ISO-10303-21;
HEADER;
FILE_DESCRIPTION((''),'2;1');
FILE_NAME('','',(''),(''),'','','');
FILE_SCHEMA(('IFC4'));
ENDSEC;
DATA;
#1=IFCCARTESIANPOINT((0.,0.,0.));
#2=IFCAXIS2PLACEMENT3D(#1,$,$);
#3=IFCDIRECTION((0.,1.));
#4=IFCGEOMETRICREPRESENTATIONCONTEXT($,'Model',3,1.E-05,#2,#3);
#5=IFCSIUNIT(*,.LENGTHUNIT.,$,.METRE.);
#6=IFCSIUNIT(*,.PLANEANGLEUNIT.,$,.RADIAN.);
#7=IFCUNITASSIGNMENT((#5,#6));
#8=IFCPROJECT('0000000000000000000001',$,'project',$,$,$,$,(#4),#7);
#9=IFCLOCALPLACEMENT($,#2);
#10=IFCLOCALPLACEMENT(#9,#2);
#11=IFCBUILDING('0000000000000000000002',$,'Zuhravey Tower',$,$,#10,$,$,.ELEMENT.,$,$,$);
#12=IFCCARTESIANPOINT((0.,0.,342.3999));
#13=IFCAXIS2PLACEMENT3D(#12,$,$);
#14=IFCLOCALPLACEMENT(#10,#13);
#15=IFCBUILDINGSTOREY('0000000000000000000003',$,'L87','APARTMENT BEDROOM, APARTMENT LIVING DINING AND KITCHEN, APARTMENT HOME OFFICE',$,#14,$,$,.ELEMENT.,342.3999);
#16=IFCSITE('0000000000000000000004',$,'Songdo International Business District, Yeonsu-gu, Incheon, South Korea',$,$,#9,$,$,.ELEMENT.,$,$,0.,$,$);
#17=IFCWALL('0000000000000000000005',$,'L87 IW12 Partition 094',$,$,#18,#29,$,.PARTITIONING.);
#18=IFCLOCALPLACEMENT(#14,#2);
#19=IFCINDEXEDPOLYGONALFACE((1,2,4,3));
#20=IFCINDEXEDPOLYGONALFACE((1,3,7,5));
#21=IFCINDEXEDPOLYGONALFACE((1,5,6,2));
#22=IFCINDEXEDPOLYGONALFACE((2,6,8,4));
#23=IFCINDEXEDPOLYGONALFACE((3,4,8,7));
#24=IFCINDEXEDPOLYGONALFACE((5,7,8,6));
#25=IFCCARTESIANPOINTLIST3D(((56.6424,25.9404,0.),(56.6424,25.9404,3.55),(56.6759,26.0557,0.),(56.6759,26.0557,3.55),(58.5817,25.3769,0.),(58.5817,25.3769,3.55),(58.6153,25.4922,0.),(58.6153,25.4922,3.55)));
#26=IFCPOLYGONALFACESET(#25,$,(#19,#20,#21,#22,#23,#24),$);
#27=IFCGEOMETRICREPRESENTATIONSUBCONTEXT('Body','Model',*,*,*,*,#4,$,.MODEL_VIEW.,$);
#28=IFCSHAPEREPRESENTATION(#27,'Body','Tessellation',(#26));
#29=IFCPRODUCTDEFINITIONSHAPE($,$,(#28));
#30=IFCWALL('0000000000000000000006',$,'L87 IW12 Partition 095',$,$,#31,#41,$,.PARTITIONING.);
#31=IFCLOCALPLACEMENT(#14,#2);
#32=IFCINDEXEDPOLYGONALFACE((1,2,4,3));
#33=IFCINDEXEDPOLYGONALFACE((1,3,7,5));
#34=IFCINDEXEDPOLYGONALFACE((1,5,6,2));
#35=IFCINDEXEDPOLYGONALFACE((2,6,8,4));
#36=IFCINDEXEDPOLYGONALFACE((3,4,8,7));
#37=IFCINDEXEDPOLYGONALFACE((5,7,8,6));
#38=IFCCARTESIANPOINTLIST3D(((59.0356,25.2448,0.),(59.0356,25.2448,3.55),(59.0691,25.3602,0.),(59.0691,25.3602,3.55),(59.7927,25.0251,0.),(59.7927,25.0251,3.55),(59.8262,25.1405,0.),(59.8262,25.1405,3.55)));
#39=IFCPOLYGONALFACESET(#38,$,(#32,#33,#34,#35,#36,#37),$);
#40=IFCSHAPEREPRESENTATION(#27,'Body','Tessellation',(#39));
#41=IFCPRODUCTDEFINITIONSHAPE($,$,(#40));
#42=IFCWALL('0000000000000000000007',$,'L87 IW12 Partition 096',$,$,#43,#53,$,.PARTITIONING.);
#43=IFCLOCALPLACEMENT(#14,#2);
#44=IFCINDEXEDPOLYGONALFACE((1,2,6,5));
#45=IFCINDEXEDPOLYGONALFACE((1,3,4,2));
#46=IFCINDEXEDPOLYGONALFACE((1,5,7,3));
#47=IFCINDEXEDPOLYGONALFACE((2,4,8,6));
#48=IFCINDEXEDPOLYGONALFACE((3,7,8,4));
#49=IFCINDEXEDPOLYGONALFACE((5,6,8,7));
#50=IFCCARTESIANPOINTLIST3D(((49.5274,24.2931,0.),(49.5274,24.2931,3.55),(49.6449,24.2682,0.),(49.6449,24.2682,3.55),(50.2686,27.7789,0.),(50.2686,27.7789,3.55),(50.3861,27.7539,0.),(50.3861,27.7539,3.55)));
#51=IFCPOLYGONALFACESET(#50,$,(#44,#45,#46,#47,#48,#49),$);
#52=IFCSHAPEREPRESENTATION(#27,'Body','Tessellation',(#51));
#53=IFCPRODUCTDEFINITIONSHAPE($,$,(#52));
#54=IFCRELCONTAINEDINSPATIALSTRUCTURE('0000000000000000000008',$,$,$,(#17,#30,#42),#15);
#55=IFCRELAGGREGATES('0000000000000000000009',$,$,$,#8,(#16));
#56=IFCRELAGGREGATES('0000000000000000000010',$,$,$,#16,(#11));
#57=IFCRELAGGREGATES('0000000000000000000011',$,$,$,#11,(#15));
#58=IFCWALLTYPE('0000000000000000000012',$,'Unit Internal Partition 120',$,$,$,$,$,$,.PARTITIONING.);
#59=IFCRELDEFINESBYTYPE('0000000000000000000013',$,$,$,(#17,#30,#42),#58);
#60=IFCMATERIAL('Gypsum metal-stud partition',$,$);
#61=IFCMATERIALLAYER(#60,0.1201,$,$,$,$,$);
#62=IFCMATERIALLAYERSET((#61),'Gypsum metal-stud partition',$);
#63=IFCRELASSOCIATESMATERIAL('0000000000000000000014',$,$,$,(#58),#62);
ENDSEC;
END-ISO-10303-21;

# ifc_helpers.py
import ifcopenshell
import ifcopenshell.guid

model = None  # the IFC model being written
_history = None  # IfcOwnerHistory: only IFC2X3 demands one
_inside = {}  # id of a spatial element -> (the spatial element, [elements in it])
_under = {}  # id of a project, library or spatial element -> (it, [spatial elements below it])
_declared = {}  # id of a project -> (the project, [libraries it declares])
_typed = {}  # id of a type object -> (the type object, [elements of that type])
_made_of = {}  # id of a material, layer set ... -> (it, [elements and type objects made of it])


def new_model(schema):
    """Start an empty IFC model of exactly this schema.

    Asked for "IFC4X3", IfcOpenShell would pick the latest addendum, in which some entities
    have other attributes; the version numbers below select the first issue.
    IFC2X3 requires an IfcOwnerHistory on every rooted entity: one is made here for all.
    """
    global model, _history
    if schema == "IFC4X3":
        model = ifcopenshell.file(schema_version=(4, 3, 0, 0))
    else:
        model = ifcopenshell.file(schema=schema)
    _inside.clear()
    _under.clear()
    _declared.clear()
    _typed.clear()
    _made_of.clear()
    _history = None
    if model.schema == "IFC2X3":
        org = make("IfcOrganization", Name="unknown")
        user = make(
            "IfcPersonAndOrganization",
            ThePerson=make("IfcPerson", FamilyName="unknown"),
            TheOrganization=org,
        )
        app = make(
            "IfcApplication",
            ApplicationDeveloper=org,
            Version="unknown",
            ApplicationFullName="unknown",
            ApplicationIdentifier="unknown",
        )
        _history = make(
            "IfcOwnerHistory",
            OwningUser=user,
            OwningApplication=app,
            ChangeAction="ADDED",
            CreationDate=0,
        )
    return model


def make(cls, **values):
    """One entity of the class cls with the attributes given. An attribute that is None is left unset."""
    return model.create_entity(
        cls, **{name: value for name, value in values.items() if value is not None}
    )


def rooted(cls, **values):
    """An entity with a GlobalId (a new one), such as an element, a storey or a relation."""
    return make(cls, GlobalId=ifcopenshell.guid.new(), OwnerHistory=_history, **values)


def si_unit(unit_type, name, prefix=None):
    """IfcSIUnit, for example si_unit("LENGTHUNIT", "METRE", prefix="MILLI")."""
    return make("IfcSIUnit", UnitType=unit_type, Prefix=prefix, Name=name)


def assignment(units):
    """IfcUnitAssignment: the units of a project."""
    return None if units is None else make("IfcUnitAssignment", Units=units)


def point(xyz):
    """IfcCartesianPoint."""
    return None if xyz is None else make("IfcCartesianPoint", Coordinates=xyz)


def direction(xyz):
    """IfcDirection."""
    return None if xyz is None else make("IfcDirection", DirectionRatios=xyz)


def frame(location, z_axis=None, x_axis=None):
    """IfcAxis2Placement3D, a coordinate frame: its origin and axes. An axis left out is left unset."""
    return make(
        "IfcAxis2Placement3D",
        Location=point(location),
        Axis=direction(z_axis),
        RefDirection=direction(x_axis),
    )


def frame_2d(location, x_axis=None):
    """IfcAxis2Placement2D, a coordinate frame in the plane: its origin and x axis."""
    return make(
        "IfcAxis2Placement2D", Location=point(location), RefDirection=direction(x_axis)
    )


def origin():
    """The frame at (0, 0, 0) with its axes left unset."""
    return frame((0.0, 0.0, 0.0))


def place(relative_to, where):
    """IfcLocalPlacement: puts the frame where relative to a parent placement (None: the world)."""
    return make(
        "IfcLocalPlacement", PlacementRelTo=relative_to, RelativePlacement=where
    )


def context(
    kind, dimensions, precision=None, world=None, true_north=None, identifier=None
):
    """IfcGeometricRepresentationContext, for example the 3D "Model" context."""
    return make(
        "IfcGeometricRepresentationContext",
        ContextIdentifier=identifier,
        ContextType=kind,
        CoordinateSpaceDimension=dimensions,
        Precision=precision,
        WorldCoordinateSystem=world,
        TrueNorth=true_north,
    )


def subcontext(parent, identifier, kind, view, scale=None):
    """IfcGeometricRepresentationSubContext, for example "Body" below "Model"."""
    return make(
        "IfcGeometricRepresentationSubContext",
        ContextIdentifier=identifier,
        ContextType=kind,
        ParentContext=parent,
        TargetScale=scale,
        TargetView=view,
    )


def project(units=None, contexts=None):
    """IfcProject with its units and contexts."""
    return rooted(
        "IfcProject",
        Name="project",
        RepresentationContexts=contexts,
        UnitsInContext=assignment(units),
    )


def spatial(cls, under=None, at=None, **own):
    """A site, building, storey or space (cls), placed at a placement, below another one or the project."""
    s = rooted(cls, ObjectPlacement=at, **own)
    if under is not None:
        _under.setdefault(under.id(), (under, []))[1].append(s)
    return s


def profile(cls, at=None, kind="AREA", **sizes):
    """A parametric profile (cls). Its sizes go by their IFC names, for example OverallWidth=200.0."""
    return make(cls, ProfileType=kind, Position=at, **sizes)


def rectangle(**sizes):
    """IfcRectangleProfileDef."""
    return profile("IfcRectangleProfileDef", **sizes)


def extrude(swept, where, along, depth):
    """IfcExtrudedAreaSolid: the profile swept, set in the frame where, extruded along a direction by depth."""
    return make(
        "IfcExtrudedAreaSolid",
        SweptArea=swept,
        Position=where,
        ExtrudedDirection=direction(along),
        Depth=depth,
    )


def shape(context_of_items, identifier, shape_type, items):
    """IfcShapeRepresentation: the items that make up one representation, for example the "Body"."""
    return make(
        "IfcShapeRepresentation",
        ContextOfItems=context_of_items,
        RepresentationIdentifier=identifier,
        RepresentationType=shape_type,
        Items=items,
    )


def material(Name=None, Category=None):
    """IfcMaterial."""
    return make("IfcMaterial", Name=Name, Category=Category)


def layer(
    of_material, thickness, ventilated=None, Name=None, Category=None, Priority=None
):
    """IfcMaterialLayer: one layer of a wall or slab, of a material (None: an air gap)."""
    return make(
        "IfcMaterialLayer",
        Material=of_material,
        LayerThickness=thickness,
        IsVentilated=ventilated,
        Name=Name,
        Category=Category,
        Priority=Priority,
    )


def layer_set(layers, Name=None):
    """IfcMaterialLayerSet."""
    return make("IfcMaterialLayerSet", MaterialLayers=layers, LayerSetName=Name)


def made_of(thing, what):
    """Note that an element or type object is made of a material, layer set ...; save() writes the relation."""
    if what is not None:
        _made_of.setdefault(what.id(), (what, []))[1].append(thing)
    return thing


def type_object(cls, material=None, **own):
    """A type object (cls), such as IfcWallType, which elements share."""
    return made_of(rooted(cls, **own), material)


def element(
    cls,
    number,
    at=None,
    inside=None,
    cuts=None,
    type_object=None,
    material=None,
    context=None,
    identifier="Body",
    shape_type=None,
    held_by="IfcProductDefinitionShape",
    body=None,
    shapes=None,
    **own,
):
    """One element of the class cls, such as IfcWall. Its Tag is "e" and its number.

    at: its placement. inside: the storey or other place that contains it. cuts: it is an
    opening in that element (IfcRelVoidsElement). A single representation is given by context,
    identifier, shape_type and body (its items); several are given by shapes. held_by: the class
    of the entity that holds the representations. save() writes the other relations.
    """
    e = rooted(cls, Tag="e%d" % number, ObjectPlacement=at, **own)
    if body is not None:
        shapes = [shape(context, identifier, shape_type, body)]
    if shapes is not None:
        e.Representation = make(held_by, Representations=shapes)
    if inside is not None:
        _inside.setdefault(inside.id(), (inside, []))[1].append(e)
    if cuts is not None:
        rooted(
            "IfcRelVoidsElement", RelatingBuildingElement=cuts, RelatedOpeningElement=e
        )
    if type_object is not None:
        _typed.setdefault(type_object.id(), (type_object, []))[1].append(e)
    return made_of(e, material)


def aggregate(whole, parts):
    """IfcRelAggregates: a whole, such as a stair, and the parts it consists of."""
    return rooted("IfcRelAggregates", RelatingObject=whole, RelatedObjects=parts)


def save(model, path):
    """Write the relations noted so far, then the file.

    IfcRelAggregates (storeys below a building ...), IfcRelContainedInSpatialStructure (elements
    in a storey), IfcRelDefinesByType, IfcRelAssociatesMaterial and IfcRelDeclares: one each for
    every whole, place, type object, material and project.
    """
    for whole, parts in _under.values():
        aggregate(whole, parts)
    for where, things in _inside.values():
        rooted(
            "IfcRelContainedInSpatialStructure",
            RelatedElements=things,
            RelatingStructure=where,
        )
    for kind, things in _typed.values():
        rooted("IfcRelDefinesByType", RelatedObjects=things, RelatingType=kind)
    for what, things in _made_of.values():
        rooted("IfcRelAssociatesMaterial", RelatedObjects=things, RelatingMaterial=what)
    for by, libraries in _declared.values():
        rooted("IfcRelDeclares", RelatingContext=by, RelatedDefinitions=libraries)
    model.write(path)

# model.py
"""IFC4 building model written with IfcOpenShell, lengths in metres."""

from ifc_helpers import new_model, si_unit, direction, frame, frame_2d, origin, place, context, subcontext, project, spatial, rectangle, extrude, material, layer, layer_set, type_object, element, save


model = new_model("IFC4")

# Units and contexts
model_context = context("Model", 3, precision=1e-05, world=origin(), true_north=direction((0.0, 1.0)))
body_context = subcontext(model_context, "Body", "Model", "MODEL_VIEW")
ifc_project = project(units=[si_unit("LENGTHUNIT", "METRE"), si_unit("PLANEANGLEUNIT", "RADIAN")], contexts=[model_context])

# Site, building, storey
site_placement = place(None, origin())
site = spatial("IfcSite", under=ifc_project, at=site_placement, Name="Songdo International Business District, Yeonsu-gu, Incheon, South Korea", CompositionType="ELEMENT", RefElevation=0.0)
building_placement = place(site_placement, origin())
building = spatial("IfcBuilding", under=site, at=building_placement, Name="Zuhravey Tower", CompositionType="ELEMENT")
storey_placement = place(building_placement, frame((0.0, 0.0, 342.3999)))
storey = spatial("IfcBuildingStorey", under=building, at=storey_placement, Name="L87", Description="APARTMENT BEDROOM, APARTMENT LIVING DINING AND KITCHEN, APARTMENT HOME OFFICE", CompositionType="ELEMENT", Elevation=342.3999)

# Shared definitions
ifc_material_1 = material(Name="Gypsum metal-stud partition")
ifc_layer_1 = layer(ifc_material_1, 0.1201)
ifc_layer_set_1 = layer_set([ifc_layer_1], Name="Gypsum metal-stud partition")
wall_type_1 = type_object("IfcWallType", Name="Unit Internal Partition 120", PredefinedType="PARTITIONING", material=ifc_layer_set_1)

# Walls
wall_1_placement = place(storey_placement, frame((56.6592, 25.998, 0.0), z_axis=(0.0, 0.0, 1.0), x_axis=(0.960283, -0.27903, 0.0)))
element("IfcWall", 1, at=wall_1_placement, inside=storey, type_object=wall_type_1, Name="L87 IW12 Partition 094", PredefinedType="PARTITIONING", context=body_context, shape_type="SweptSolid", body=[
    extrude(rectangle(XDim=2.0195, YDim=0.1201, at=frame_2d((1.0098, 0.0))), origin(), (0.0, 0.0, 1.0), 3.55),
])
wall_2_placement = place(storey_placement, frame((59.0525, 25.3025, 0.0), z_axis=(0.0, 0.0, 1.0), x_axis=(0.96037, -0.278727, 0.0)))
element("IfcWall", 2, at=wall_2_placement, inside=storey, type_object=wall_type_1, Name="L87 IW12 Partition 095", PredefinedType="PARTITIONING", context=body_context, shape_type="SweptSolid", body=[
    extrude(rectangle(XDim=0.7883, YDim=0.1201, at=frame_2d((0.394, 0.0))), origin(), (0.0, 0.0, 1.0), 3.55),
])
wall_3_placement = place(storey_placement, frame((49.5862, 24.2808, 0.0), z_axis=(0.0, 0.0, 1.0), x_axis=(0.207985, 0.978132, 0.0)))
element("IfcWall", 3, at=wall_3_placement, inside=storey, type_object=wall_type_1, Name="L87 IW12 Partition 096", PredefinedType="PARTITIONING", context=body_context, shape_type="SweptSolid", body=[
    extrude(rectangle(XDim=3.5637, YDim=0.1201, at=frame_2d((1.7817, 0.0))), origin(), (0.0, 0.0, 1.0), 3.55),
])

save(model, "model.ifc")
